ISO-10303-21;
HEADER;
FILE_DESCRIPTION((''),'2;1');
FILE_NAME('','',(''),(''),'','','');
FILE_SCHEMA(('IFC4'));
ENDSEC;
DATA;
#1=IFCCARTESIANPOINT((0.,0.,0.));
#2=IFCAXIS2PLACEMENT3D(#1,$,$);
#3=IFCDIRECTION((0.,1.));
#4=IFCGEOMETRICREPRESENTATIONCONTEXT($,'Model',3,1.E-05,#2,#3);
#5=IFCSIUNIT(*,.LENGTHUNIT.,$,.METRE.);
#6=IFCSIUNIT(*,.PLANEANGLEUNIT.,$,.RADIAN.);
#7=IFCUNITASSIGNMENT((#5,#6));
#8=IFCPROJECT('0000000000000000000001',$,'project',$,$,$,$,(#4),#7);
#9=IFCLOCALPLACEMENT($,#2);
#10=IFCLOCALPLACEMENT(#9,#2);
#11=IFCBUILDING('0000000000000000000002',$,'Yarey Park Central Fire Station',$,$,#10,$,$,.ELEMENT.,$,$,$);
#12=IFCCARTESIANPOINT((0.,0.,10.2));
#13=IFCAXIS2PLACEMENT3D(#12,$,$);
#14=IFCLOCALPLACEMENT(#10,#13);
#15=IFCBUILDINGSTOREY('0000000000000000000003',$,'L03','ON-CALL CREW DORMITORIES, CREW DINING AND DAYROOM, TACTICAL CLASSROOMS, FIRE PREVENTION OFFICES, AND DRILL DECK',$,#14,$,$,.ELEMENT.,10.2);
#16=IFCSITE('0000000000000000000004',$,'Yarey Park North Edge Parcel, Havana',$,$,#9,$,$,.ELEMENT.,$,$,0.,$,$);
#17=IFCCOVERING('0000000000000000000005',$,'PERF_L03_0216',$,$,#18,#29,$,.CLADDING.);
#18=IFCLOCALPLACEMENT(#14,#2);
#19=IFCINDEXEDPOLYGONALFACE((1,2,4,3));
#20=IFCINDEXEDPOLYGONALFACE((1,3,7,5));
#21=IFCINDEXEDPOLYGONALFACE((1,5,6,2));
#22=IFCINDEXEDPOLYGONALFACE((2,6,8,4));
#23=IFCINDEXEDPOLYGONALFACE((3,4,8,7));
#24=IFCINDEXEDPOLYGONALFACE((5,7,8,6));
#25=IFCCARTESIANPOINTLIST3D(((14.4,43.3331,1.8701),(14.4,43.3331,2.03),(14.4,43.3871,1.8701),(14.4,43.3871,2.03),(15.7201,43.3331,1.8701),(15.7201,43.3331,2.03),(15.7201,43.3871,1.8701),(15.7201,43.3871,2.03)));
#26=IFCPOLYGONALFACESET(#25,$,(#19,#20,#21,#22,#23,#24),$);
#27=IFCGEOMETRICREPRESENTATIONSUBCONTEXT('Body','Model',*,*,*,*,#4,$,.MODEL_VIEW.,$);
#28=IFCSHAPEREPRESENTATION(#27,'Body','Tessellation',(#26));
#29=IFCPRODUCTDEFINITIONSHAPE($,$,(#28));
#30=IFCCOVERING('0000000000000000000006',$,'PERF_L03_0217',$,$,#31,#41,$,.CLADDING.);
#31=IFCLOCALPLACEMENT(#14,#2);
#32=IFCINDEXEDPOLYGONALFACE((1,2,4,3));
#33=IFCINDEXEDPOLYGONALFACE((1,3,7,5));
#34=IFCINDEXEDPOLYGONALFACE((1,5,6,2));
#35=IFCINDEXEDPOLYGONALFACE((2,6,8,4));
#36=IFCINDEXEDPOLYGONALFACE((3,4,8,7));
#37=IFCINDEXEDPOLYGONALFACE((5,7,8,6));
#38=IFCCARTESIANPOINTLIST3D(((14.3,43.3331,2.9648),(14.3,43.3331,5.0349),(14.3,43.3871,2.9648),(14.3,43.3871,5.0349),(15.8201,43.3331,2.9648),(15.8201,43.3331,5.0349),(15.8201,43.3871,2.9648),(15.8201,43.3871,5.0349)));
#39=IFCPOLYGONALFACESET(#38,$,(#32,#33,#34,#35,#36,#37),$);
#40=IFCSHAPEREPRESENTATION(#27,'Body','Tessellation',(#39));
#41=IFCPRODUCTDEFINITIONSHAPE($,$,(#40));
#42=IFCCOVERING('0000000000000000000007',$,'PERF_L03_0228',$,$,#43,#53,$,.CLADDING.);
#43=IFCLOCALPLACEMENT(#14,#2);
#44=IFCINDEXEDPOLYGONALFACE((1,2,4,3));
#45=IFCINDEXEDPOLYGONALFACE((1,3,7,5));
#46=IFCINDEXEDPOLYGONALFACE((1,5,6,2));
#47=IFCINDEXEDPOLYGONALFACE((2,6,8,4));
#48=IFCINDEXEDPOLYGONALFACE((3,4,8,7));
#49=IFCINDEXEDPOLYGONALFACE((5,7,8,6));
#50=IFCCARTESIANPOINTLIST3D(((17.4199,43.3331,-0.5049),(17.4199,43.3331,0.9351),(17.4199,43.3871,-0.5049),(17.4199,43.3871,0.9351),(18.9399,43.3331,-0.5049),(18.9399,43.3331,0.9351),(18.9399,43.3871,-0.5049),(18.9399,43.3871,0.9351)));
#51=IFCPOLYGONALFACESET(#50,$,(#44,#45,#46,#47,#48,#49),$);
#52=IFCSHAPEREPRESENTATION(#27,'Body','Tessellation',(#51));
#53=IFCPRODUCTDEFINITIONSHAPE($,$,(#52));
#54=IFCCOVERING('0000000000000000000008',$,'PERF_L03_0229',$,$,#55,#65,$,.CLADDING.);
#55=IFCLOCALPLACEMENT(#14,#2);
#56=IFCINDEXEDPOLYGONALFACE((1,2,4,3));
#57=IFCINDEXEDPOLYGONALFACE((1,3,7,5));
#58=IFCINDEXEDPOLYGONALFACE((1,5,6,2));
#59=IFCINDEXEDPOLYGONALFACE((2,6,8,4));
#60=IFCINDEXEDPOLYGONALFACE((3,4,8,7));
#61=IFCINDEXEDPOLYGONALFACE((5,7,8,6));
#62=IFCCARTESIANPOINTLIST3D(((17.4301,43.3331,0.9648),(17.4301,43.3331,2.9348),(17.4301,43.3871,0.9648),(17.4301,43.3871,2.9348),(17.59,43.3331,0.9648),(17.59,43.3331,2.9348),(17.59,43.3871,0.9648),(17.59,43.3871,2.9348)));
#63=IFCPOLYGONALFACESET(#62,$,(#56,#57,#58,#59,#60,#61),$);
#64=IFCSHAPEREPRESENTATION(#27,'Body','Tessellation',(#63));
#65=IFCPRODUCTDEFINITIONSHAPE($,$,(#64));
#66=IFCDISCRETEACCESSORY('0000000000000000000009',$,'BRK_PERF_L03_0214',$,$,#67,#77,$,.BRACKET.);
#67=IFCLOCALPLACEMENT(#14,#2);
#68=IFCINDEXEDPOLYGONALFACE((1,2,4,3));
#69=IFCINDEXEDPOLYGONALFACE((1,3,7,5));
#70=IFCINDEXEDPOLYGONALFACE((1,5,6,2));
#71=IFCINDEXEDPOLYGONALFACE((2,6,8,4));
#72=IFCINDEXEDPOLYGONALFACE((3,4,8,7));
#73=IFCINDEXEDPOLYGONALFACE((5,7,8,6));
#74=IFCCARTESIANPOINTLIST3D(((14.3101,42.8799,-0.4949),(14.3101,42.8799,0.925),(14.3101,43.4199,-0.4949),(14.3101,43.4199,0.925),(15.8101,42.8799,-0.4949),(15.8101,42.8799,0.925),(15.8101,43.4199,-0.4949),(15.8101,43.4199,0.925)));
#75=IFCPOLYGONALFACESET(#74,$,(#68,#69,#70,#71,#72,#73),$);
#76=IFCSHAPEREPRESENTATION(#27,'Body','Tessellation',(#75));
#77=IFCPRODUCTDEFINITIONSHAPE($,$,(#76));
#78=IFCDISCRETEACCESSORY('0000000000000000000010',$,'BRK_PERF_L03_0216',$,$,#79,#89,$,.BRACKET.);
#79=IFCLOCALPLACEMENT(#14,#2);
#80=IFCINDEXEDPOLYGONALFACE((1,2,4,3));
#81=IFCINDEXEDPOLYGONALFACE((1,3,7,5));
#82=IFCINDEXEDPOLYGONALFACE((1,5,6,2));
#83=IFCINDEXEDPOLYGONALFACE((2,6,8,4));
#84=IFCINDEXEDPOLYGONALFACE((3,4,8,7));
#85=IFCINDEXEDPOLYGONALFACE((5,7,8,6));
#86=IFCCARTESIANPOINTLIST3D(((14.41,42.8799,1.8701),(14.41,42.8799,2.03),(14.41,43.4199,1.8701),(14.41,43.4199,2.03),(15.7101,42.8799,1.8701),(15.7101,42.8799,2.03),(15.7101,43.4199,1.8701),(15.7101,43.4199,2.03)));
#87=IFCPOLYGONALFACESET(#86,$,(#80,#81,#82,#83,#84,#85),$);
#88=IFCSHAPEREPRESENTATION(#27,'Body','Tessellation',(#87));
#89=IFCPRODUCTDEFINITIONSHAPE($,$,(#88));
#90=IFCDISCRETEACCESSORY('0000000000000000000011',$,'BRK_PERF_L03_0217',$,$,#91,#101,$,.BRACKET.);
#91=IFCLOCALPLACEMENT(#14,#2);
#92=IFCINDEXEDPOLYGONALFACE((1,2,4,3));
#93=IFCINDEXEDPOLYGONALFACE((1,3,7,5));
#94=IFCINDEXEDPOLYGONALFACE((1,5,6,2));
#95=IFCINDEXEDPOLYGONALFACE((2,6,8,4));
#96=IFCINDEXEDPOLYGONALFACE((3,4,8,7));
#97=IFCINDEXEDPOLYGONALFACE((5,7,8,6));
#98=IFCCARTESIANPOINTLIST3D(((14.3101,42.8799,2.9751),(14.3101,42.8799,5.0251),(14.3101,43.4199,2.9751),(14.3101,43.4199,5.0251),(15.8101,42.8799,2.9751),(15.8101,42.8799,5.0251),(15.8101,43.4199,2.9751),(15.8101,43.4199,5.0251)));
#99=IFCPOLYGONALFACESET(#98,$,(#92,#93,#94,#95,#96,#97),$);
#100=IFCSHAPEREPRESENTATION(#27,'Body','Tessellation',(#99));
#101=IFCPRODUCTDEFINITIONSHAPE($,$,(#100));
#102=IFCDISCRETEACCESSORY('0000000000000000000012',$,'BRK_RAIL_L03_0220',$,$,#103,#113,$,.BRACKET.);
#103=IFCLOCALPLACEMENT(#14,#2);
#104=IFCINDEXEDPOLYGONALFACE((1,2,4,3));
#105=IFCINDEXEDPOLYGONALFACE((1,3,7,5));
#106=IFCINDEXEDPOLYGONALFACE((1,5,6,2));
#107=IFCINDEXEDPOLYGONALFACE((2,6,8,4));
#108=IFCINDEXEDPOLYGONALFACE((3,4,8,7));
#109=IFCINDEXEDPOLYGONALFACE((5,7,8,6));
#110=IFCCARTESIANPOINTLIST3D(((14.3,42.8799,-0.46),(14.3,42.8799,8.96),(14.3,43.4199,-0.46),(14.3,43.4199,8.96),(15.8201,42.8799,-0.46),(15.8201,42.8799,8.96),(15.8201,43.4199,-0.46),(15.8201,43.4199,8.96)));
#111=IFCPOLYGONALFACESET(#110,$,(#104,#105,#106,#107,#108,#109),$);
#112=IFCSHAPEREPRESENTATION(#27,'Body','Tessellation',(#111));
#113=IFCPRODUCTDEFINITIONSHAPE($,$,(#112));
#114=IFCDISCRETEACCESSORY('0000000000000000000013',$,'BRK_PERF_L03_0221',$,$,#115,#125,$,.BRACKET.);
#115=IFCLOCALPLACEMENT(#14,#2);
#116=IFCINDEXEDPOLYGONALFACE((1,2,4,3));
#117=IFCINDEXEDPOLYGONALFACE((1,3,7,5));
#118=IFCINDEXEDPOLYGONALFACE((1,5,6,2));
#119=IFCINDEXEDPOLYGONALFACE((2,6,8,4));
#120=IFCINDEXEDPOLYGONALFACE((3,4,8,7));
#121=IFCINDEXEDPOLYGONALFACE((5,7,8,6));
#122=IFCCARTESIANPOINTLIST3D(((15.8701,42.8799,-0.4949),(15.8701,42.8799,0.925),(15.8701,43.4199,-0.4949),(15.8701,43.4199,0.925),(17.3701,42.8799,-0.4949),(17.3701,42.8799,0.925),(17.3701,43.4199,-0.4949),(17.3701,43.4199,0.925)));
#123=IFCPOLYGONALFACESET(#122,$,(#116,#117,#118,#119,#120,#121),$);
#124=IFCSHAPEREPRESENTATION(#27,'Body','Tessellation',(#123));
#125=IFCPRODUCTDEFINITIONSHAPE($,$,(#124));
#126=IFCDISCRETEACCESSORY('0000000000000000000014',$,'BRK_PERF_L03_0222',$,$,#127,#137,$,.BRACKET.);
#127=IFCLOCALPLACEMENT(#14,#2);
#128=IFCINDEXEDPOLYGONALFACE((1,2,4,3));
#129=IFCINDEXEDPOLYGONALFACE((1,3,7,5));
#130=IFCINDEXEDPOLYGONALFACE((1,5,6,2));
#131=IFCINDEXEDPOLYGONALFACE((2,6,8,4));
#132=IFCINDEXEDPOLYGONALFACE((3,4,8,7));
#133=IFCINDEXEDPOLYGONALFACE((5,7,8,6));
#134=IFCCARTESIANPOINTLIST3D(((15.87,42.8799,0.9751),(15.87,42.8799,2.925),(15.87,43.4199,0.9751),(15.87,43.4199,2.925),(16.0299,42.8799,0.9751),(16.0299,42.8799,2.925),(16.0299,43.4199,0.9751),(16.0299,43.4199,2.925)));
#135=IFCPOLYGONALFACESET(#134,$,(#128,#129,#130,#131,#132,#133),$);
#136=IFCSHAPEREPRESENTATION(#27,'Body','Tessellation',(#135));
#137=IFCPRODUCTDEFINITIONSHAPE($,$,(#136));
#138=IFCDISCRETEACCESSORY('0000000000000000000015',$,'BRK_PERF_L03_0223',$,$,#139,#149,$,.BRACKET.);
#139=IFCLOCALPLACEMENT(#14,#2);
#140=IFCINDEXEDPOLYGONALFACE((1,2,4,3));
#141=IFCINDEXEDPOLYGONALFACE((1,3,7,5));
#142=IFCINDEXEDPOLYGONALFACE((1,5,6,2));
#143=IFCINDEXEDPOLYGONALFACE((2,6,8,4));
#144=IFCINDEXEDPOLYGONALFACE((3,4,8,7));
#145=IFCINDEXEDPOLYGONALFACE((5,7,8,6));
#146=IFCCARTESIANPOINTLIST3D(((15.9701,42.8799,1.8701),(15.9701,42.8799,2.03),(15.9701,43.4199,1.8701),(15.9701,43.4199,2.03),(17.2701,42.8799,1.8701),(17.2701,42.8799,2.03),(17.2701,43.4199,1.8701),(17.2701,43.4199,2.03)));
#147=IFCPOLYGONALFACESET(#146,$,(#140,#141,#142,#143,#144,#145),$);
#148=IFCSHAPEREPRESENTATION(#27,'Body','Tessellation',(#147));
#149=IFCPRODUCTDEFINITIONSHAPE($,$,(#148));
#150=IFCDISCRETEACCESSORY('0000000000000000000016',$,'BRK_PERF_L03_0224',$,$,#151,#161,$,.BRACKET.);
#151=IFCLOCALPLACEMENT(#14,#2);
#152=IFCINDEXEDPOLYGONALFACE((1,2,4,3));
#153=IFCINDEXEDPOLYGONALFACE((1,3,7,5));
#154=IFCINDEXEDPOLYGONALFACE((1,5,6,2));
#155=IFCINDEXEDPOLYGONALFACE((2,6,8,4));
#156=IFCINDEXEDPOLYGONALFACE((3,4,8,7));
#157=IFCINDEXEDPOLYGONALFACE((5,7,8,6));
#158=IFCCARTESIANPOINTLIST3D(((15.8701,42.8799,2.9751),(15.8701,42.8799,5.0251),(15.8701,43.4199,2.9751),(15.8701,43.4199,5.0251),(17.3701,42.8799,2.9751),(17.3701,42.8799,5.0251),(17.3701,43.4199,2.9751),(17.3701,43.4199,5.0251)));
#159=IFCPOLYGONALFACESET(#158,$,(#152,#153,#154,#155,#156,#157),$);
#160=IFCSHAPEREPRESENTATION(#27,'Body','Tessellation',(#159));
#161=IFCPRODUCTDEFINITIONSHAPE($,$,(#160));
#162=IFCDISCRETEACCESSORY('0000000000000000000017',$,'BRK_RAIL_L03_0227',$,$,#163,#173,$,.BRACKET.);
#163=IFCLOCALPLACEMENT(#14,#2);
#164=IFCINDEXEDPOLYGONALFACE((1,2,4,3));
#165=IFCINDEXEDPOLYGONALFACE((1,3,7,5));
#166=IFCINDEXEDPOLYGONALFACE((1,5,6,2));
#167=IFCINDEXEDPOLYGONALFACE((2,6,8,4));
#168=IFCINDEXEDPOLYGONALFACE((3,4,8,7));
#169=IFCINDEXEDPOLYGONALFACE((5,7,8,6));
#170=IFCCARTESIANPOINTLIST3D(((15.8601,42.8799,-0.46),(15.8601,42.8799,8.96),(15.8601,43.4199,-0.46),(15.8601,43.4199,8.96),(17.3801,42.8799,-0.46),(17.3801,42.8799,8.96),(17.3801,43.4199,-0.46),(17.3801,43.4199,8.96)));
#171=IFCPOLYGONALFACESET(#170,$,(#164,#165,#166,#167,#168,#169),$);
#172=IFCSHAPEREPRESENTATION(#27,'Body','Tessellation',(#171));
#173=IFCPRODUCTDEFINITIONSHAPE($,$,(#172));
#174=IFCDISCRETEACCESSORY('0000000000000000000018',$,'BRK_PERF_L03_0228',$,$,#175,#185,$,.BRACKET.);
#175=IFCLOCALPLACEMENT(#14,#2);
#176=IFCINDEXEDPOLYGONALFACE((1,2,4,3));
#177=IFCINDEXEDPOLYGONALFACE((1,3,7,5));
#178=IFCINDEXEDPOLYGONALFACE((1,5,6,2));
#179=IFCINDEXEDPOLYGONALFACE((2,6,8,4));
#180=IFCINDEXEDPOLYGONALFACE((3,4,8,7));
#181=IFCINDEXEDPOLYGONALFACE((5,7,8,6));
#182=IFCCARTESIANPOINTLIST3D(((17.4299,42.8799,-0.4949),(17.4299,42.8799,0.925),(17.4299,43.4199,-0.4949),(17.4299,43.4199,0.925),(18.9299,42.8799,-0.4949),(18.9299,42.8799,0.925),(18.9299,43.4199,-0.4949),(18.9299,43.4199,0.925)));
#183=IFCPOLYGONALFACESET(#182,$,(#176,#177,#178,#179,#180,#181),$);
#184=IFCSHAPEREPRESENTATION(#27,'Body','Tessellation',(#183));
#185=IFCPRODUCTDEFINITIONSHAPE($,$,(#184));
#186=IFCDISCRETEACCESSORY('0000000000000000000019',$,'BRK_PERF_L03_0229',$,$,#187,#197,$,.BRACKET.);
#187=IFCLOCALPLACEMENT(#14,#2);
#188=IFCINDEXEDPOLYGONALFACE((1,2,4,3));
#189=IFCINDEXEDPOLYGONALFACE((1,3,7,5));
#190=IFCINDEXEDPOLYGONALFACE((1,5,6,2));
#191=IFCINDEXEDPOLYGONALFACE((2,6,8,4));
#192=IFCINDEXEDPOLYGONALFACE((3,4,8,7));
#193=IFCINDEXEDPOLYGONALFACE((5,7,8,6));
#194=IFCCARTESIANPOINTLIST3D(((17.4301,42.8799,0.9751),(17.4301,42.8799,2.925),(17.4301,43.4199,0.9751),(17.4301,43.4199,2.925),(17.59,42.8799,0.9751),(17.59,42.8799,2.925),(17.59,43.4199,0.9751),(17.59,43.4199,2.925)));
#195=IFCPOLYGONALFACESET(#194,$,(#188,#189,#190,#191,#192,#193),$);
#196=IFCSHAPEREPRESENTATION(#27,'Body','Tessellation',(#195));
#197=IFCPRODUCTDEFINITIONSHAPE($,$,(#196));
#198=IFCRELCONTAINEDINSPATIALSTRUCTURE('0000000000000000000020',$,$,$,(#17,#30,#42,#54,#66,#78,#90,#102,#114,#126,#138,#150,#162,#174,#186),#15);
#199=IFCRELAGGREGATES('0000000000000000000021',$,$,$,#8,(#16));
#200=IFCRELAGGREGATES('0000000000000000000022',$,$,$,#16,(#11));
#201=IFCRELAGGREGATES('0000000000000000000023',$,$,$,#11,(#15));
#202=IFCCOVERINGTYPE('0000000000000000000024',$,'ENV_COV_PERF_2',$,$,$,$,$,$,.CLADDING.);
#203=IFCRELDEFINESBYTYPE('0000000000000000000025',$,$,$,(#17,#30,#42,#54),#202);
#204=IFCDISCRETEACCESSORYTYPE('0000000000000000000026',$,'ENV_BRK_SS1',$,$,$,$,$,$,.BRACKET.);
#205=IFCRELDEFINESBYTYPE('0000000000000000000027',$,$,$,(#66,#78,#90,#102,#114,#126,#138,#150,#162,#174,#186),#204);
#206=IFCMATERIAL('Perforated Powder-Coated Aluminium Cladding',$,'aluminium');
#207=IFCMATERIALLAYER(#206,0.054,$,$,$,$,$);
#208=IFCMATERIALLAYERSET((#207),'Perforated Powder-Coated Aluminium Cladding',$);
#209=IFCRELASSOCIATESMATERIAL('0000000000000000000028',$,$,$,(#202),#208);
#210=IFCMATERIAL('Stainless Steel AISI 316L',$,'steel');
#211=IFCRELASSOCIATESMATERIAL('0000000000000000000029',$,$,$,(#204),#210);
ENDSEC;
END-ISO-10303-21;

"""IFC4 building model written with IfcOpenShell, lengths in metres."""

from ifc_helpers import new_model, si_unit, direction, frame, origin, origin_2d, place, context, subcontext, project, spatial, rectangle, extrude, material, layer, layer_set, type_object, element, save


model = new_model("IFC4")

# Units and contexts
model_context = context("Model", 3, precision=1e-05, world=origin(), true_north=direction((0.0, 1.0)))
body_context = subcontext(model_context, "Body", "Model", "MODEL_VIEW")
ifc_project = project(units=[si_unit("LENGTHUNIT", "METRE"), si_unit("PLANEANGLEUNIT", "RADIAN")], contexts=[model_context])

# Site, building, storey
site_placement = place(None, origin())
site = spatial("IfcSite", under=ifc_project, at=site_placement, Name="Yarey Park North Edge Parcel, Havana", CompositionType="ELEMENT", RefElevation=0.0)
building_placement = place(site_placement, origin())
building = spatial("IfcBuilding", under=site, at=building_placement, Name="Yarey Park Central Fire Station", CompositionType="ELEMENT")
storey_placement = place(building_placement, frame((0.0, 0.0, 10.2)))
storey = spatial("IfcBuildingStorey", under=building, at=storey_placement, Name="L03", Description="ON-CALL CREW DORMITORIES, CREW DINING AND DAYROOM, TACTICAL CLASSROOMS, FIRE PREVENTION OFFICES, AND DRILL DECK", CompositionType="ELEMENT", Elevation=10.2)

# Coverings
ifc_material_1 = material(Name="Perforated Powder-Coated Aluminium Cladding", Category="aluminium")
ifc_layer_1 = layer(ifc_material_1, 0.054)
ifc_layer_set_1 = layer_set([ifc_layer_1], Name="Perforated Powder-Coated Aluminium Cladding")
covering_type_1 = type_object("IfcCoveringType", Name="ENV_COV_PERF_2", PredefinedType="CLADDING", material=ifc_layer_set_1)
covering_1_placement = place(storey_placement, frame((15.0601, 43.3601, 1.8701), z_axis=(0.0, 0.0, 1.0), x_axis=(1.0, 0.0, 0.0)))
element("IfcCovering", 1, at=covering_1_placement, inside=storey, type_object=covering_type_1, Name="PERF_L03_0216", PredefinedType="CLADDING", context=body_context, shape_type="SweptSolid", body=[
    extrude(rectangle(XDim=1.3201, YDim=0.054, at=origin_2d()), origin(), (0.0, 0.0, 1.0), 0.1599),
])
covering_2_placement = place(storey_placement, frame((15.0601, 43.3601, 2.9648), z_axis=(0.0, 0.0, 1.0), x_axis=(1.0, 0.0, 0.0)))
element("IfcCovering", 2, at=covering_2_placement, inside=storey, type_object=covering_type_1, Name="PERF_L03_0217", PredefinedType="CLADDING", context=body_context, shape_type="SweptSolid", body=[
    extrude(rectangle(XDim=1.52, YDim=0.054, at=origin_2d()), origin(), (0.0, 0.0, 1.0), 2.0701),
])
covering_3_placement = place(storey_placement, frame((18.1799, 43.3601, -0.5049), z_axis=(0.0, 0.0, 1.0), x_axis=(1.0, 0.0, 0.0)))
element("IfcCovering", 3, at=covering_3_placement, inside=storey, type_object=covering_type_1, Name="PERF_L03_0228", PredefinedType="CLADDING", context=body_context, shape_type="SweptSolid", body=[
    extrude(rectangle(XDim=1.52, YDim=0.054, at=origin_2d()), origin(), (0.0, 0.0, 1.0), 1.4399),
])
covering_4_placement = place(storey_placement, frame((17.51, 43.3601, 0.9648), z_axis=(0.0, 0.0, 1.0), x_axis=(1.0, 0.0, 0.0)))
element("IfcCovering", 4, at=covering_4_placement, inside=storey, type_object=covering_type_1, Name="PERF_L03_0229", PredefinedType="CLADDING", context=body_context, shape_type="SweptSolid", body=[
    extrude(rectangle(XDim=0.1599, YDim=0.054, at=origin_2d()), origin(), (0.0, 0.0, 1.0), 1.97),
])

# Discrete accessories
ifc_material_2 = material(Name="Stainless Steel AISI 316L", Category="steel")
discrete_accessory_type = type_object("IfcDiscreteAccessoryType", Name="ENV_BRK_SS1", PredefinedType="BRACKET", material=ifc_material_2)
discrete_accessory_1_placement = place(storey_placement, frame((15.0601, 43.1499, -0.4949), z_axis=(0.0, 0.0, 1.0), x_axis=(1.0, 0.0, 0.0)))
element("IfcDiscreteAccessory", 5, at=discrete_accessory_1_placement, inside=storey, type_object=discrete_accessory_type, Name="BRK_PERF_L03_0214", PredefinedType="BRACKET", context=body_context, shape_type="SweptSolid", body=[
    extrude(rectangle(XDim=1.5, YDim=0.54, at=origin_2d()), origin(), (0.0, 0.0, 1.0), 1.4199),
])
discrete_accessory_2_placement = place(storey_placement, frame((15.0601, 43.1499, 1.8701), z_axis=(0.0, 0.0, 1.0), x_axis=(1.0, 0.0, 0.0)))
element("IfcDiscreteAccessory", 6, at=discrete_accessory_2_placement, inside=storey, type_object=discrete_accessory_type, Name="BRK_PERF_L03_0216", PredefinedType="BRACKET", context=body_context, shape_type="SweptSolid", body=[
    extrude(rectangle(XDim=1.3, YDim=0.54, at=origin_2d()), origin(), (0.0, 0.0, 1.0), 0.1599),
])
discrete_accessory_3_placement = place(storey_placement, frame((15.0601, 43.1499, 2.9751), z_axis=(0.0, 0.0, 1.0), x_axis=(1.0, 0.0, 0.0)))
element("IfcDiscreteAccessory", 7, at=discrete_accessory_3_placement, inside=storey, type_object=discrete_accessory_type, Name="BRK_PERF_L03_0217", PredefinedType="BRACKET", context=body_context, shape_type="SweptSolid", body=[
    extrude(rectangle(XDim=1.5, YDim=0.54, at=origin_2d()), origin(), (0.0, 0.0, 1.0), 2.05),
])
discrete_accessory_4_placement = place(storey_placement, frame((15.0601, 43.1499, -0.46), z_axis=(0.0, 0.0, 1.0), x_axis=(1.0, 0.0, 0.0)))
element("IfcDiscreteAccessory", 8, at=discrete_accessory_4_placement, inside=storey, type_object=discrete_accessory_type, Name="BRK_RAIL_L03_0220", PredefinedType="BRACKET", context=body_context, shape_type="SweptSolid", body=[
    extrude(rectangle(XDim=1.52, YDim=0.54, at=origin_2d()), origin(), (0.0, 0.0, 1.0), 9.4199),
])
discrete_accessory_5_placement = place(storey_placement, frame((16.6201, 43.1499, -0.4949), z_axis=(0.0, 0.0, 1.0), x_axis=(1.0, 0.0, 0.0)))
element("IfcDiscreteAccessory", 9, at=discrete_accessory_5_placement, inside=storey, type_object=discrete_accessory_type, Name="BRK_PERF_L03_0221", PredefinedType="BRACKET", context=body_context, shape_type="SweptSolid", body=[
    extrude(rectangle(XDim=1.5, YDim=0.54, at=origin_2d()), origin(), (0.0, 0.0, 1.0), 1.4199),
])
discrete_accessory_6_placement = place(storey_placement, frame((15.95, 43.1499, 0.9751), z_axis=(0.0, 0.0, 1.0), x_axis=(1.0, 0.0, 0.0)))
element("IfcDiscreteAccessory", 10, at=discrete_accessory_6_placement, inside=storey, type_object=discrete_accessory_type, Name="BRK_PERF_L03_0222", PredefinedType="BRACKET", context=body_context, shape_type="SweptSolid", body=[
    extrude(rectangle(XDim=0.1599, YDim=0.54, at=origin_2d()), origin(), (0.0, 0.0, 1.0), 1.95),
])
discrete_accessory_7_placement = place(storey_placement, frame((16.6201, 43.1499, 1.8701), z_axis=(0.0, 0.0, 1.0), x_axis=(1.0, 0.0, 0.0)))
element("IfcDiscreteAccessory", 11, at=discrete_accessory_7_placement, inside=storey, type_object=discrete_accessory_type, Name="BRK_PERF_L03_0223", PredefinedType="BRACKET", context=body_context, shape_type="SweptSolid", body=[
    extrude(rectangle(XDim=1.3, YDim=0.54, at=origin_2d()), origin(), (0.0, 0.0, 1.0), 0.1599),
])
discrete_accessory_8_placement = place(storey_placement, frame((16.6201, 43.1499, 2.9751), z_axis=(0.0, 0.0, 1.0), x_axis=(1.0, 0.0, 0.0)))
element("IfcDiscreteAccessory", 12, at=discrete_accessory_8_placement, inside=storey, type_object=discrete_accessory_type, Name="BRK_PERF_L03_0224", PredefinedType="BRACKET", context=body_context, shape_type="SweptSolid", body=[
    extrude(rectangle(XDim=1.5, YDim=0.54, at=origin_2d()), origin(), (0.0, 0.0, 1.0), 2.05),
])
discrete_accessory_9_placement = place(storey_placement, frame((16.6201, 43.1499, -0.46), z_axis=(0.0, 0.0, 1.0), x_axis=(1.0, 0.0, 0.0)))
element("IfcDiscreteAccessory", 13, at=discrete_accessory_9_placement, inside=storey, type_object=discrete_accessory_type, Name="BRK_RAIL_L03_0227", PredefinedType="BRACKET", context=body_context, shape_type="SweptSolid", body=[
    extrude(rectangle(XDim=1.52, YDim=0.54, at=origin_2d()), origin(), (0.0, 0.0, 1.0), 9.4199),
])
discrete_accessory_10_placement = place(storey_placement, frame((18.1799, 43.1499, -0.4949), z_axis=(0.0, 0.0, 1.0), x_axis=(1.0, 0.0, 0.0)))
element("IfcDiscreteAccessory", 14, at=discrete_accessory_10_placement, inside=storey, type_object=discrete_accessory_type, Name="BRK_PERF_L03_0228", PredefinedType="BRACKET", context=body_context, shape_type="SweptSolid", body=[
    extrude(rectangle(XDim=1.5, YDim=0.54, at=origin_2d()), origin(), (0.0, 0.0, 1.0), 1.4199),
])
discrete_accessory_11_placement = place(storey_placement, frame((17.51, 43.1499, 0.9751), z_axis=(0.0, 0.0, 1.0), x_axis=(1.0, 0.0, 0.0)))
element("IfcDiscreteAccessory", 15, at=discrete_accessory_11_placement, inside=storey, type_object=discrete_accessory_type, Name="BRK_PERF_L03_0229", PredefinedType="BRACKET", context=body_context, shape_type="SweptSolid", body=[
    extrude(rectangle(XDim=0.1599, YDim=0.54, at=origin_2d()), origin(), (0.0, 0.0, 1.0), 1.95),
])

save(model, "model.ifc")
